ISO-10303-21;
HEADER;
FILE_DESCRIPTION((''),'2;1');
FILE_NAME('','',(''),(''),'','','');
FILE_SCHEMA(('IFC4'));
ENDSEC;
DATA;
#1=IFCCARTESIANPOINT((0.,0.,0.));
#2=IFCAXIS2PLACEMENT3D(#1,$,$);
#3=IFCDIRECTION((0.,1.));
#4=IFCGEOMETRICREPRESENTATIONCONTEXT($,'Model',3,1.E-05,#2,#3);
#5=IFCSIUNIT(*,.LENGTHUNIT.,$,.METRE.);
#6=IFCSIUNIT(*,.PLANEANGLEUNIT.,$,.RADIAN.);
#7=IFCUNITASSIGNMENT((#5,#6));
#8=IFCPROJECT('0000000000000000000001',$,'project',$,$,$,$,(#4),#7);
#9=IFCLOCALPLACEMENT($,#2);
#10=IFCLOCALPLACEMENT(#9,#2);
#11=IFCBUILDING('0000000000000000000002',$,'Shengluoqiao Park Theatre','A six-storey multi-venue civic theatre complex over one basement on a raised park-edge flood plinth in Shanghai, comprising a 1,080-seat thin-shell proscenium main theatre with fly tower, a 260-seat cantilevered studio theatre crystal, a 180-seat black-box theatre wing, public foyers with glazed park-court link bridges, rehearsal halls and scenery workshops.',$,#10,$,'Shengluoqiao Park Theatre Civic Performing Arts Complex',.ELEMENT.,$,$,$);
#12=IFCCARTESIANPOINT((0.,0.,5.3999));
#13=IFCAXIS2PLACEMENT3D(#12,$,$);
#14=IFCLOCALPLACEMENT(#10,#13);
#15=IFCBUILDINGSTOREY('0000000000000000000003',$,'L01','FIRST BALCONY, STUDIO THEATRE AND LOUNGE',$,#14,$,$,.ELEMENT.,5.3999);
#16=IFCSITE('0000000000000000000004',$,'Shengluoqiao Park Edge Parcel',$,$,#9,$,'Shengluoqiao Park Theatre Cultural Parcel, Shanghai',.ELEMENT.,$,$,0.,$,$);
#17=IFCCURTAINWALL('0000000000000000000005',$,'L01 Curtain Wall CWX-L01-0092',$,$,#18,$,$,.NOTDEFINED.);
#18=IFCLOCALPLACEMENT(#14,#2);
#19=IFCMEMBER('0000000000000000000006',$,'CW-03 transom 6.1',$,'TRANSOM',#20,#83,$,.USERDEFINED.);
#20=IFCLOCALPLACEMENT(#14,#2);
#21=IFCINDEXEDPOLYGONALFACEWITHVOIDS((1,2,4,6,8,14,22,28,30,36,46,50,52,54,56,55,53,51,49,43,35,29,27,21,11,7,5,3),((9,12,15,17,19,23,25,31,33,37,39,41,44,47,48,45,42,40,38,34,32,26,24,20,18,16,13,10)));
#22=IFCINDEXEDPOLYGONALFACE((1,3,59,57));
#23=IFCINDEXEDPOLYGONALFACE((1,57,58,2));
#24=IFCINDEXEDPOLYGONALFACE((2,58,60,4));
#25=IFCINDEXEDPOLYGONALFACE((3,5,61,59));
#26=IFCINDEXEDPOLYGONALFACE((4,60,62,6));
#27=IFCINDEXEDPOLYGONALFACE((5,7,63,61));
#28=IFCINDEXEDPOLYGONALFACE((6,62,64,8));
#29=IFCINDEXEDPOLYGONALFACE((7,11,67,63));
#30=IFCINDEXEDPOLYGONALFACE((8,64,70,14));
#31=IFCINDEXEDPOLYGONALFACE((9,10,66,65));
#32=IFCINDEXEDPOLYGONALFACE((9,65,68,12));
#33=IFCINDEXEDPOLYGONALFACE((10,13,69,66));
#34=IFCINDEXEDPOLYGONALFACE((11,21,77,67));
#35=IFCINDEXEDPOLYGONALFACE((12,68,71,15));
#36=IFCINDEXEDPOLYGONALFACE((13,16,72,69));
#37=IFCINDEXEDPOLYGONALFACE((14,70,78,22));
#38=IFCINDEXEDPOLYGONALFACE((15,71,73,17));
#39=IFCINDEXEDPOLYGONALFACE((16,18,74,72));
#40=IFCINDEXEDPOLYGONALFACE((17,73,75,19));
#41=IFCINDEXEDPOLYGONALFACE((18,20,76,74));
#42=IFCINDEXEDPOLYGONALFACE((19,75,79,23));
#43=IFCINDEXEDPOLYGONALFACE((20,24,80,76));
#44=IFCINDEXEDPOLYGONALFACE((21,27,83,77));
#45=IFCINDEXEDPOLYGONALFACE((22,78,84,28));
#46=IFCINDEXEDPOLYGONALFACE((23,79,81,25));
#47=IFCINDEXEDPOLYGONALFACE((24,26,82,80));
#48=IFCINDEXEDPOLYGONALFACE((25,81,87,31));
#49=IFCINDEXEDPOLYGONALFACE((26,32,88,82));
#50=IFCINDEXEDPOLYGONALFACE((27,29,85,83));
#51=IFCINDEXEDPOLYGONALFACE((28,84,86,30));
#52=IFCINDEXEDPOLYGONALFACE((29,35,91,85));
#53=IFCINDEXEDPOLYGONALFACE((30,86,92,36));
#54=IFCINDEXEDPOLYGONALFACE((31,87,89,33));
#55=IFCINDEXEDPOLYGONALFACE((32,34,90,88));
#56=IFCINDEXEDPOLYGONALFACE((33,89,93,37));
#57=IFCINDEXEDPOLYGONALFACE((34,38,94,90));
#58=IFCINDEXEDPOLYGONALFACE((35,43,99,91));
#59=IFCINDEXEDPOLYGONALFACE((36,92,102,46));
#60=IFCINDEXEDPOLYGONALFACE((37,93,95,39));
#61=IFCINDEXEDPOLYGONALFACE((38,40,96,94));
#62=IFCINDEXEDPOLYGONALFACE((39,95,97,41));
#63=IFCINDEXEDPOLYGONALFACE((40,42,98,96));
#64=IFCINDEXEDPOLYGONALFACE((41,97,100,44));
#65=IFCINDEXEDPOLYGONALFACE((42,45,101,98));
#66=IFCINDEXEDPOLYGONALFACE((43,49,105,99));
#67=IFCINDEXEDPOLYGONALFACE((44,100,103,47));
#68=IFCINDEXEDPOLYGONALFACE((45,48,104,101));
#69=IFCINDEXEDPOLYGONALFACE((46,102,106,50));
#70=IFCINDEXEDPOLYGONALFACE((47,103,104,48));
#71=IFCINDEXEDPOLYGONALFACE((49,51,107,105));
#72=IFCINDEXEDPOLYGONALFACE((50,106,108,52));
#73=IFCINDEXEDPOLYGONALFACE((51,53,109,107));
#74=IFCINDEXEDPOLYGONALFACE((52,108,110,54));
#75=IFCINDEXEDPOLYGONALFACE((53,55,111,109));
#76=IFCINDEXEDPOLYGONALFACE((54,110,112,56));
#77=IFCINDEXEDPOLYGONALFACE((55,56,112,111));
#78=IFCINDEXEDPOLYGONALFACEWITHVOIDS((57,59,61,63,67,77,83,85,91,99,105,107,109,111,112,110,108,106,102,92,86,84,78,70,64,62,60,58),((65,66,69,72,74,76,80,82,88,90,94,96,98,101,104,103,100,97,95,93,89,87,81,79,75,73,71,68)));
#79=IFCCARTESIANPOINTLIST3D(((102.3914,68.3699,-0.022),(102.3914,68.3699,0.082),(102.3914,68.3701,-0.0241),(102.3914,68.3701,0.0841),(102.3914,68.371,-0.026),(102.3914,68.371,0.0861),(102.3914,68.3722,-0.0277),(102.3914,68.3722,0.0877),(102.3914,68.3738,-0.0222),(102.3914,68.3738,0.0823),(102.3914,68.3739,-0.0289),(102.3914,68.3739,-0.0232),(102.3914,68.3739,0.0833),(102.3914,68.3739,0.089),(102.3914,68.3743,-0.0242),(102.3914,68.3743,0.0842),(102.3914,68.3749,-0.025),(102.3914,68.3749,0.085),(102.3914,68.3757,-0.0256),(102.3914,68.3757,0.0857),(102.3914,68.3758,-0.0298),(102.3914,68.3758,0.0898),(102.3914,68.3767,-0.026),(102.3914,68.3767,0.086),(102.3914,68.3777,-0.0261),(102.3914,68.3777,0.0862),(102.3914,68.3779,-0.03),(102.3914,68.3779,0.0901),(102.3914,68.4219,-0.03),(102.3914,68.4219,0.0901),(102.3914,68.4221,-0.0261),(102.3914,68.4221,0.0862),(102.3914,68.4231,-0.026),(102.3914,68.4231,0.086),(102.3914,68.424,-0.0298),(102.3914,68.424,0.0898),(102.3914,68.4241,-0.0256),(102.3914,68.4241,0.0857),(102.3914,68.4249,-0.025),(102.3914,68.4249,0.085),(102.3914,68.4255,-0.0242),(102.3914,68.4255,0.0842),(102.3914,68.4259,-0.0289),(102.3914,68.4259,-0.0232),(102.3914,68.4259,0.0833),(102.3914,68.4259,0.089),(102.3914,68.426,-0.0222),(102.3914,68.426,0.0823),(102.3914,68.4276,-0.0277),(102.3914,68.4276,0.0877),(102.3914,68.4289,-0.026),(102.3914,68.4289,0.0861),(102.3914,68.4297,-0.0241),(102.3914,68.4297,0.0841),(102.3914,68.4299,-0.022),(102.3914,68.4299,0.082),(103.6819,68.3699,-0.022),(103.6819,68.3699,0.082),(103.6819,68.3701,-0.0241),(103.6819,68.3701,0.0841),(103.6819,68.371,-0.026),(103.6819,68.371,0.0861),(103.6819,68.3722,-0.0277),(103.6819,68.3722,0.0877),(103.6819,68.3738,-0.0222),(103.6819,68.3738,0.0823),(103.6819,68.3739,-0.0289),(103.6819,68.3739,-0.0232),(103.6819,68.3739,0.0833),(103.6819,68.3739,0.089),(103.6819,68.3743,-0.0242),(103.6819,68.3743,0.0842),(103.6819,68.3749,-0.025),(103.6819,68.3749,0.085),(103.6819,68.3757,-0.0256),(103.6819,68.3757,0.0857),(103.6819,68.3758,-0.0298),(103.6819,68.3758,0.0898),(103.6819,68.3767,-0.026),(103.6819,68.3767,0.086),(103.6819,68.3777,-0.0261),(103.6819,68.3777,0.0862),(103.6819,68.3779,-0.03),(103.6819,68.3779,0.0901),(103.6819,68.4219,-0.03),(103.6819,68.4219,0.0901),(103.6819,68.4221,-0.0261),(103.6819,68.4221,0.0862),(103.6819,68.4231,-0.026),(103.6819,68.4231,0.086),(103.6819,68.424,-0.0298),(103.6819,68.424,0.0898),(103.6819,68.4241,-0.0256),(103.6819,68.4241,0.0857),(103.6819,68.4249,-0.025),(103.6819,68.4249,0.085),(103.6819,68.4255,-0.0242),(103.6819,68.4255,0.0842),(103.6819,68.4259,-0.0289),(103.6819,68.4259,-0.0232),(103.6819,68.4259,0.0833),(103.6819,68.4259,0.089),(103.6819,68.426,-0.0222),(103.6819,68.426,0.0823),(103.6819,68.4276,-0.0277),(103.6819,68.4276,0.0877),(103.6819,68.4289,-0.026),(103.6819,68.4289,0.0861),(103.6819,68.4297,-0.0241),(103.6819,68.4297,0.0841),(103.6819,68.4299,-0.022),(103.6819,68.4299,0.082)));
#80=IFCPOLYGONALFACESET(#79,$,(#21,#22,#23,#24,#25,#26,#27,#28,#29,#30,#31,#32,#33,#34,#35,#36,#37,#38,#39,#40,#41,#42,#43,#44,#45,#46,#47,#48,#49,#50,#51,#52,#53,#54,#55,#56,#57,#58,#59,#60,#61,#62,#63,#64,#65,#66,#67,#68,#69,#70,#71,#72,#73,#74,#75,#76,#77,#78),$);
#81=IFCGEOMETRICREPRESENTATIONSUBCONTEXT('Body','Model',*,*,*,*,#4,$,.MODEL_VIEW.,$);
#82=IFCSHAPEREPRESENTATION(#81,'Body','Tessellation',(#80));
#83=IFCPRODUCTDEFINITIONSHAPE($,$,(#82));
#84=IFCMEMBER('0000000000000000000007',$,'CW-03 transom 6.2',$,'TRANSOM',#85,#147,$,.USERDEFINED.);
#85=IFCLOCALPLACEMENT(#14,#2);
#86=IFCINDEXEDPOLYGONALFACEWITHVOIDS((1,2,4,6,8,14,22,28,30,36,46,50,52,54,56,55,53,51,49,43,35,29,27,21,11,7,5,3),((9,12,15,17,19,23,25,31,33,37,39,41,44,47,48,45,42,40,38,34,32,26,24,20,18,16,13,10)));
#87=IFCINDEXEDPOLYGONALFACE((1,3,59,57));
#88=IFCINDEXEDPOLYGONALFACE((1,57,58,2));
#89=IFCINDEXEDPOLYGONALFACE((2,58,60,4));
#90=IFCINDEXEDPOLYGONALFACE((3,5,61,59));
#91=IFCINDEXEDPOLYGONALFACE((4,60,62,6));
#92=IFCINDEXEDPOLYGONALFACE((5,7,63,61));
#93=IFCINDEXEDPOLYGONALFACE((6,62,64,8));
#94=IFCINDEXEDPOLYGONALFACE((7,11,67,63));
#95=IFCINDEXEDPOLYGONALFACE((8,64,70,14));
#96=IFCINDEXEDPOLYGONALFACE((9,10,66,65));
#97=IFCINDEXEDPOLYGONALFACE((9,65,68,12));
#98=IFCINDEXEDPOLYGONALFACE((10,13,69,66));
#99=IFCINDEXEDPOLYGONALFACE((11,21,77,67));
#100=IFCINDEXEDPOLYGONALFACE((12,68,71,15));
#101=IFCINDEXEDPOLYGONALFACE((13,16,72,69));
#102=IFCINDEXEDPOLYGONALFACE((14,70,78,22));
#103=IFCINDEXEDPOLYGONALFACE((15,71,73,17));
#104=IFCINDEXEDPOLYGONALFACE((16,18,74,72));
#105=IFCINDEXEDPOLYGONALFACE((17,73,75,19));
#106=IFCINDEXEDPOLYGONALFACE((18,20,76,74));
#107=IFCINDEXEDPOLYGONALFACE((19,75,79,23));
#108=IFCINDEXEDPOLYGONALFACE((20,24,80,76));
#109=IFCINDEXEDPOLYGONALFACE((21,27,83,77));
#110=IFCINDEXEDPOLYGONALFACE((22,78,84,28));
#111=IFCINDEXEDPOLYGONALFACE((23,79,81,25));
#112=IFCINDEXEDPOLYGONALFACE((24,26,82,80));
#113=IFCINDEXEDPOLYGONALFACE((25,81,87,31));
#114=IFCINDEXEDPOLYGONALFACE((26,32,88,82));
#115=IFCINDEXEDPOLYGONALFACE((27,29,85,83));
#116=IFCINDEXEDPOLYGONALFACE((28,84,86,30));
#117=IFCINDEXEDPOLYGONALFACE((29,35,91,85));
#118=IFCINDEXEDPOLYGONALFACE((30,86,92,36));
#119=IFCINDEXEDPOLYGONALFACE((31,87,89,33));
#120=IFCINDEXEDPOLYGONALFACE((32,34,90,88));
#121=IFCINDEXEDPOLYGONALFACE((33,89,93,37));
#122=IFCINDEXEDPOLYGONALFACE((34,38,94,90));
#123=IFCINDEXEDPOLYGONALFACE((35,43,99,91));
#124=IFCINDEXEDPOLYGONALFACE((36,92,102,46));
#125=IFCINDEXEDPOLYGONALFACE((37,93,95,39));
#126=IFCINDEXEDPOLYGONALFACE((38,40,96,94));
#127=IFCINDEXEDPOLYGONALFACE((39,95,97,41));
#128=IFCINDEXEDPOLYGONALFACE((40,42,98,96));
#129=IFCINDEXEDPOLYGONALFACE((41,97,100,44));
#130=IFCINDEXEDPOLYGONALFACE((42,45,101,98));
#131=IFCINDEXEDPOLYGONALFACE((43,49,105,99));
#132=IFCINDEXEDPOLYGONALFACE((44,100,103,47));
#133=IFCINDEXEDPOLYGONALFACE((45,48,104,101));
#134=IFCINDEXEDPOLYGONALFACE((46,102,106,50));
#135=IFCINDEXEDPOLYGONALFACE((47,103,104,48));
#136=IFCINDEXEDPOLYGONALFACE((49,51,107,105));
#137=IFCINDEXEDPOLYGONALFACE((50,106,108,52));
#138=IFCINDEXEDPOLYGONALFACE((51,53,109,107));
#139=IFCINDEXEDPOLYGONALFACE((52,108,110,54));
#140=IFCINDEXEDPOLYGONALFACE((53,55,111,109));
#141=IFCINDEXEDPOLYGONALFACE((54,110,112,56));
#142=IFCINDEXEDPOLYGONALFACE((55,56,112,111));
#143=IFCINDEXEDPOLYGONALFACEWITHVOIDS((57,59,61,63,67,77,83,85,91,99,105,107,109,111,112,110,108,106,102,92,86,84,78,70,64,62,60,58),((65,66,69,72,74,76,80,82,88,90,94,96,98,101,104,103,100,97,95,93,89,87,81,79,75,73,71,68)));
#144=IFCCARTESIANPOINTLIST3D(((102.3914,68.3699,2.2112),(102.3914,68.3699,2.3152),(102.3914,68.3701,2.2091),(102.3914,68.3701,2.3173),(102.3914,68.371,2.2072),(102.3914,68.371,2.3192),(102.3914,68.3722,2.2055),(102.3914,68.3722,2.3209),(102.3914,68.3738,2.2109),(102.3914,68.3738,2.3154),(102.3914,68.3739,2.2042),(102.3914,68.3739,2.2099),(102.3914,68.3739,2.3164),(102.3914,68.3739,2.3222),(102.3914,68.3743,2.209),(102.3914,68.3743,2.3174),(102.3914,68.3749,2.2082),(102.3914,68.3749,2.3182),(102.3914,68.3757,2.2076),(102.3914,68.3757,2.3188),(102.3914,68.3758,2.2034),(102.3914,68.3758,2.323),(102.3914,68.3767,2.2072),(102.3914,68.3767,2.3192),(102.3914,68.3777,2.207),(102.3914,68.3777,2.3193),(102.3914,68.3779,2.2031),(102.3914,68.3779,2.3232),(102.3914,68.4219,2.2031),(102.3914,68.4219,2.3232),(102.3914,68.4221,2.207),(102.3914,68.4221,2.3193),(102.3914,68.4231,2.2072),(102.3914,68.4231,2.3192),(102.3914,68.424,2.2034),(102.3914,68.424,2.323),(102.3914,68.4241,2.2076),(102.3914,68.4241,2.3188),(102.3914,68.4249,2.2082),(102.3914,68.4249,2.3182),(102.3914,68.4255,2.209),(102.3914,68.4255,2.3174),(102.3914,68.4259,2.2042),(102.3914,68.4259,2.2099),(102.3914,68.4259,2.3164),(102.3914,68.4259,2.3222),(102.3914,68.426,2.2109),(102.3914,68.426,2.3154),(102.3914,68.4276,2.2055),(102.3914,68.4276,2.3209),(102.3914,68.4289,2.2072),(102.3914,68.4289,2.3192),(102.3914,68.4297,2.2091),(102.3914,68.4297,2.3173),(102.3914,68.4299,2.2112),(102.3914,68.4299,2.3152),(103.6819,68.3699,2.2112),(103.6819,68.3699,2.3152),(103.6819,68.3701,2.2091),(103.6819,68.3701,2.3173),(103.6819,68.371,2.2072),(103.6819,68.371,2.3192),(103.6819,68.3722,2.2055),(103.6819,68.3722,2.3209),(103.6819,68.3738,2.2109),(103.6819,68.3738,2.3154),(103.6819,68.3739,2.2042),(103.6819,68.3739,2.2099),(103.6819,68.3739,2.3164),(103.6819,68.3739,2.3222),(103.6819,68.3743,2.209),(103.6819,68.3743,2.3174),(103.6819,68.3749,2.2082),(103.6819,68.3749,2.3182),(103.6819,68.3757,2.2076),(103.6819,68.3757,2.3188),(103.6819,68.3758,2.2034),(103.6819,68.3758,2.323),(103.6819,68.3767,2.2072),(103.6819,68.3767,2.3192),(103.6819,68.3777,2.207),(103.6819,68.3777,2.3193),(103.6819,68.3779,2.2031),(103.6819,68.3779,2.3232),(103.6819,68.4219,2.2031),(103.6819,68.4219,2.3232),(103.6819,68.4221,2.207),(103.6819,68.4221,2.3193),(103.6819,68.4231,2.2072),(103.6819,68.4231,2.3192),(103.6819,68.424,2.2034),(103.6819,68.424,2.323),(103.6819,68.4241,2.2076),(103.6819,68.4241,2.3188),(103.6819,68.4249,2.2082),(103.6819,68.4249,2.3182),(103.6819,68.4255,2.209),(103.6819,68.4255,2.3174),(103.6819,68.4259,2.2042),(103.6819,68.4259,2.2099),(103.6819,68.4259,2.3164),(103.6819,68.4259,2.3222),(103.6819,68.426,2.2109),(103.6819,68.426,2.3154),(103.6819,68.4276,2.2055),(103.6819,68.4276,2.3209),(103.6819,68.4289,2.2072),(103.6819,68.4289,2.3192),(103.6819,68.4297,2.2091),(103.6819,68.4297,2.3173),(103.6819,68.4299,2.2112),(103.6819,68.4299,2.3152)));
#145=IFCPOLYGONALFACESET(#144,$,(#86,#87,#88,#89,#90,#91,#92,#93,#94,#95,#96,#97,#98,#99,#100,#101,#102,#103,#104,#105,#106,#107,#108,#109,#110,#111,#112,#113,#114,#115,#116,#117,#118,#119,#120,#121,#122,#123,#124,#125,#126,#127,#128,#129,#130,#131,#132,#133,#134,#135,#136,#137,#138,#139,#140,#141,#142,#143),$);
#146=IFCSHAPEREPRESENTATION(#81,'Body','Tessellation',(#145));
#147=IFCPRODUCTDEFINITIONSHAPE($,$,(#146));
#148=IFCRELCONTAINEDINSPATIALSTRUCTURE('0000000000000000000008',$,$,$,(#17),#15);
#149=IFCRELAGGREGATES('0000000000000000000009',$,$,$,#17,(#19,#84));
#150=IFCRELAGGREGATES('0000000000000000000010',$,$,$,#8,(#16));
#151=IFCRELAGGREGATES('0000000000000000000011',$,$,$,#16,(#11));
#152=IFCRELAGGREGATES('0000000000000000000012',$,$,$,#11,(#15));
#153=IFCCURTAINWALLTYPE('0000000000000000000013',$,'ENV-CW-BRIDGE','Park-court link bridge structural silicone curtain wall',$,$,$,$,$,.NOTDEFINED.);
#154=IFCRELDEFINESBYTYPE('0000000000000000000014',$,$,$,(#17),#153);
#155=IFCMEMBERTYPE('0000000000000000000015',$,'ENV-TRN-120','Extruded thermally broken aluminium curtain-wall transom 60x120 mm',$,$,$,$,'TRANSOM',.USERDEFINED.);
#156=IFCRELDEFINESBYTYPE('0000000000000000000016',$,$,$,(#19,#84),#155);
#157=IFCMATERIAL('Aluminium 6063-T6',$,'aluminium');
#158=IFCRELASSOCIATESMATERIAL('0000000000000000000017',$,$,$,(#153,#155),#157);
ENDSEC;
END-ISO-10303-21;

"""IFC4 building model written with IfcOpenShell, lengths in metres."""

from ifc_helpers import new_model, si_unit, direction, frame, origin, origin_2d, place, context, subcontext, project, spatial, hollow_rectangle, extrude, material, material_profile, profile_set, type_object, element, aggregate, save


model = new_model("IFC4")

# Units and contexts
model_context = context("Model", 3, precision=1e-05, world=origin(), true_north=direction((0.0, 1.0)))
body_context = subcontext(model_context, "Body", "Model", "MODEL_VIEW")
ifc_project = project(units=[si_unit("LENGTHUNIT", "METRE"), si_unit("PLANEANGLEUNIT", "RADIAN")], contexts=[model_context])

# Site, building, storey
site_placement = place(None, origin())
site = spatial("IfcSite", under=ifc_project, at=site_placement, Name="Shengluoqiao Park Edge Parcel", LongName="Shengluoqiao Park Theatre Cultural Parcel, Shanghai", CompositionType="ELEMENT", RefElevation=0.0)
building_placement = place(site_placement, origin())
building = spatial("IfcBuilding", under=site, at=building_placement, Name="Shengluoqiao Park Theatre", Description="A six-storey multi-venue civic theatre complex over one basement on a raised park-edge flood plinth in Shanghai, comprising a 1,080-seat thin-shell proscenium main theatre with fly tower, a 260-seat cantilevered studio theatre crystal, a 180-seat black-box theatre wing, public foyers with glazed park-court link bridges, rehearsal halls and scenery workshops.", LongName="Shengluoqiao Park Theatre Civic Performing Arts Complex", CompositionType="ELEMENT")
storey_placement = place(building_placement, frame((0.0, 0.0, 5.3999)))
storey = spatial("IfcBuildingStorey", under=building, at=storey_placement, Name="L01", Description="FIRST BALCONY, STUDIO THEATRE AND LOUNGE", CompositionType="ELEMENT", Elevation=5.3999)

# Curtain wall
ifc_material_1 = material(Name="Aluminium 6063-T6", Category="aluminium")
curtain_wall_type = type_object("IfcCurtainWallType", Name="ENV-CW-BRIDGE", Description="Park-court link bridge structural silicone curtain wall", PredefinedType="NOTDEFINED", material=ifc_material_1)
curtain_wall_1_placement = place(storey_placement, origin())
curtain_wall_1 = element("IfcCurtainWall", 1, at=curtain_wall_1_placement, inside=storey, type_object=curtain_wall_type, Name="L01 Curtain Wall CWX-L01-0092", PredefinedType="NOTDEFINED")

# Members
ifc_material_profile_1 = material_profile(ifc_material_1, hollow_rectangle(XDim=0.0601, YDim=0.1201, WallThickness=0.0039, InnerFilletRadius=0.0039, OuterFilletRadius=0.0081, at=origin_2d()), Name="ALU TRANSOM 120x60x4")
ifc_profile_set_1 = profile_set([ifc_material_profile_1], Name="Aluminium 6063-T6")
member_type_1 = type_object("IfcMemberType", Name="ENV-TRN-120", Description="Extruded thermally broken aluminium curtain-wall transom 60x120 mm", ElementType="TRANSOM", PredefinedType="USERDEFINED", material=ifc_profile_set_1)
member_1_placement = place(storey_placement, frame((102.3914, 68.3999, 0.03), z_axis=(1.0, 0.0, 0.0), x_axis=(0.0, 1.0, 0.0)))
member_1 = element("IfcMember", 2, at=member_1_placement, type_object=member_type_1, Name="CW-03 transom 6.1", ObjectType="TRANSOM", PredefinedType="USERDEFINED", context=body_context, shape_type="SweptSolid", body=[
    extrude(hollow_rectangle(XDim=0.0601, YDim=0.1201, WallThickness=0.0039, InnerFilletRadius=0.0039, OuterFilletRadius=0.0081, at=origin_2d()), origin(), (0.0, 0.0, 1.0), 1.2905),
])
member_2_placement = place(storey_placement, frame((102.3914, 68.3999, 2.2632), z_axis=(1.0, 0.0, 0.0), x_axis=(0.0, 1.0, 0.0)))
member_2 = element("IfcMember", 3, at=member_2_placement, type_object=member_type_1, Name="CW-03 transom 6.2", ObjectType="TRANSOM", PredefinedType="USERDEFINED", context=body_context, shape_type="SweptSolid", body=[
    extrude(hollow_rectangle(XDim=0.0601, YDim=0.1201, WallThickness=0.0039, InnerFilletRadius=0.0039, OuterFilletRadius=0.0081, at=origin_2d()), origin(), (0.0, 0.0, 1.0), 1.2905),
])

aggregate(curtain_wall_1, [member_1, member_2])

save(model, "model.ifc")
